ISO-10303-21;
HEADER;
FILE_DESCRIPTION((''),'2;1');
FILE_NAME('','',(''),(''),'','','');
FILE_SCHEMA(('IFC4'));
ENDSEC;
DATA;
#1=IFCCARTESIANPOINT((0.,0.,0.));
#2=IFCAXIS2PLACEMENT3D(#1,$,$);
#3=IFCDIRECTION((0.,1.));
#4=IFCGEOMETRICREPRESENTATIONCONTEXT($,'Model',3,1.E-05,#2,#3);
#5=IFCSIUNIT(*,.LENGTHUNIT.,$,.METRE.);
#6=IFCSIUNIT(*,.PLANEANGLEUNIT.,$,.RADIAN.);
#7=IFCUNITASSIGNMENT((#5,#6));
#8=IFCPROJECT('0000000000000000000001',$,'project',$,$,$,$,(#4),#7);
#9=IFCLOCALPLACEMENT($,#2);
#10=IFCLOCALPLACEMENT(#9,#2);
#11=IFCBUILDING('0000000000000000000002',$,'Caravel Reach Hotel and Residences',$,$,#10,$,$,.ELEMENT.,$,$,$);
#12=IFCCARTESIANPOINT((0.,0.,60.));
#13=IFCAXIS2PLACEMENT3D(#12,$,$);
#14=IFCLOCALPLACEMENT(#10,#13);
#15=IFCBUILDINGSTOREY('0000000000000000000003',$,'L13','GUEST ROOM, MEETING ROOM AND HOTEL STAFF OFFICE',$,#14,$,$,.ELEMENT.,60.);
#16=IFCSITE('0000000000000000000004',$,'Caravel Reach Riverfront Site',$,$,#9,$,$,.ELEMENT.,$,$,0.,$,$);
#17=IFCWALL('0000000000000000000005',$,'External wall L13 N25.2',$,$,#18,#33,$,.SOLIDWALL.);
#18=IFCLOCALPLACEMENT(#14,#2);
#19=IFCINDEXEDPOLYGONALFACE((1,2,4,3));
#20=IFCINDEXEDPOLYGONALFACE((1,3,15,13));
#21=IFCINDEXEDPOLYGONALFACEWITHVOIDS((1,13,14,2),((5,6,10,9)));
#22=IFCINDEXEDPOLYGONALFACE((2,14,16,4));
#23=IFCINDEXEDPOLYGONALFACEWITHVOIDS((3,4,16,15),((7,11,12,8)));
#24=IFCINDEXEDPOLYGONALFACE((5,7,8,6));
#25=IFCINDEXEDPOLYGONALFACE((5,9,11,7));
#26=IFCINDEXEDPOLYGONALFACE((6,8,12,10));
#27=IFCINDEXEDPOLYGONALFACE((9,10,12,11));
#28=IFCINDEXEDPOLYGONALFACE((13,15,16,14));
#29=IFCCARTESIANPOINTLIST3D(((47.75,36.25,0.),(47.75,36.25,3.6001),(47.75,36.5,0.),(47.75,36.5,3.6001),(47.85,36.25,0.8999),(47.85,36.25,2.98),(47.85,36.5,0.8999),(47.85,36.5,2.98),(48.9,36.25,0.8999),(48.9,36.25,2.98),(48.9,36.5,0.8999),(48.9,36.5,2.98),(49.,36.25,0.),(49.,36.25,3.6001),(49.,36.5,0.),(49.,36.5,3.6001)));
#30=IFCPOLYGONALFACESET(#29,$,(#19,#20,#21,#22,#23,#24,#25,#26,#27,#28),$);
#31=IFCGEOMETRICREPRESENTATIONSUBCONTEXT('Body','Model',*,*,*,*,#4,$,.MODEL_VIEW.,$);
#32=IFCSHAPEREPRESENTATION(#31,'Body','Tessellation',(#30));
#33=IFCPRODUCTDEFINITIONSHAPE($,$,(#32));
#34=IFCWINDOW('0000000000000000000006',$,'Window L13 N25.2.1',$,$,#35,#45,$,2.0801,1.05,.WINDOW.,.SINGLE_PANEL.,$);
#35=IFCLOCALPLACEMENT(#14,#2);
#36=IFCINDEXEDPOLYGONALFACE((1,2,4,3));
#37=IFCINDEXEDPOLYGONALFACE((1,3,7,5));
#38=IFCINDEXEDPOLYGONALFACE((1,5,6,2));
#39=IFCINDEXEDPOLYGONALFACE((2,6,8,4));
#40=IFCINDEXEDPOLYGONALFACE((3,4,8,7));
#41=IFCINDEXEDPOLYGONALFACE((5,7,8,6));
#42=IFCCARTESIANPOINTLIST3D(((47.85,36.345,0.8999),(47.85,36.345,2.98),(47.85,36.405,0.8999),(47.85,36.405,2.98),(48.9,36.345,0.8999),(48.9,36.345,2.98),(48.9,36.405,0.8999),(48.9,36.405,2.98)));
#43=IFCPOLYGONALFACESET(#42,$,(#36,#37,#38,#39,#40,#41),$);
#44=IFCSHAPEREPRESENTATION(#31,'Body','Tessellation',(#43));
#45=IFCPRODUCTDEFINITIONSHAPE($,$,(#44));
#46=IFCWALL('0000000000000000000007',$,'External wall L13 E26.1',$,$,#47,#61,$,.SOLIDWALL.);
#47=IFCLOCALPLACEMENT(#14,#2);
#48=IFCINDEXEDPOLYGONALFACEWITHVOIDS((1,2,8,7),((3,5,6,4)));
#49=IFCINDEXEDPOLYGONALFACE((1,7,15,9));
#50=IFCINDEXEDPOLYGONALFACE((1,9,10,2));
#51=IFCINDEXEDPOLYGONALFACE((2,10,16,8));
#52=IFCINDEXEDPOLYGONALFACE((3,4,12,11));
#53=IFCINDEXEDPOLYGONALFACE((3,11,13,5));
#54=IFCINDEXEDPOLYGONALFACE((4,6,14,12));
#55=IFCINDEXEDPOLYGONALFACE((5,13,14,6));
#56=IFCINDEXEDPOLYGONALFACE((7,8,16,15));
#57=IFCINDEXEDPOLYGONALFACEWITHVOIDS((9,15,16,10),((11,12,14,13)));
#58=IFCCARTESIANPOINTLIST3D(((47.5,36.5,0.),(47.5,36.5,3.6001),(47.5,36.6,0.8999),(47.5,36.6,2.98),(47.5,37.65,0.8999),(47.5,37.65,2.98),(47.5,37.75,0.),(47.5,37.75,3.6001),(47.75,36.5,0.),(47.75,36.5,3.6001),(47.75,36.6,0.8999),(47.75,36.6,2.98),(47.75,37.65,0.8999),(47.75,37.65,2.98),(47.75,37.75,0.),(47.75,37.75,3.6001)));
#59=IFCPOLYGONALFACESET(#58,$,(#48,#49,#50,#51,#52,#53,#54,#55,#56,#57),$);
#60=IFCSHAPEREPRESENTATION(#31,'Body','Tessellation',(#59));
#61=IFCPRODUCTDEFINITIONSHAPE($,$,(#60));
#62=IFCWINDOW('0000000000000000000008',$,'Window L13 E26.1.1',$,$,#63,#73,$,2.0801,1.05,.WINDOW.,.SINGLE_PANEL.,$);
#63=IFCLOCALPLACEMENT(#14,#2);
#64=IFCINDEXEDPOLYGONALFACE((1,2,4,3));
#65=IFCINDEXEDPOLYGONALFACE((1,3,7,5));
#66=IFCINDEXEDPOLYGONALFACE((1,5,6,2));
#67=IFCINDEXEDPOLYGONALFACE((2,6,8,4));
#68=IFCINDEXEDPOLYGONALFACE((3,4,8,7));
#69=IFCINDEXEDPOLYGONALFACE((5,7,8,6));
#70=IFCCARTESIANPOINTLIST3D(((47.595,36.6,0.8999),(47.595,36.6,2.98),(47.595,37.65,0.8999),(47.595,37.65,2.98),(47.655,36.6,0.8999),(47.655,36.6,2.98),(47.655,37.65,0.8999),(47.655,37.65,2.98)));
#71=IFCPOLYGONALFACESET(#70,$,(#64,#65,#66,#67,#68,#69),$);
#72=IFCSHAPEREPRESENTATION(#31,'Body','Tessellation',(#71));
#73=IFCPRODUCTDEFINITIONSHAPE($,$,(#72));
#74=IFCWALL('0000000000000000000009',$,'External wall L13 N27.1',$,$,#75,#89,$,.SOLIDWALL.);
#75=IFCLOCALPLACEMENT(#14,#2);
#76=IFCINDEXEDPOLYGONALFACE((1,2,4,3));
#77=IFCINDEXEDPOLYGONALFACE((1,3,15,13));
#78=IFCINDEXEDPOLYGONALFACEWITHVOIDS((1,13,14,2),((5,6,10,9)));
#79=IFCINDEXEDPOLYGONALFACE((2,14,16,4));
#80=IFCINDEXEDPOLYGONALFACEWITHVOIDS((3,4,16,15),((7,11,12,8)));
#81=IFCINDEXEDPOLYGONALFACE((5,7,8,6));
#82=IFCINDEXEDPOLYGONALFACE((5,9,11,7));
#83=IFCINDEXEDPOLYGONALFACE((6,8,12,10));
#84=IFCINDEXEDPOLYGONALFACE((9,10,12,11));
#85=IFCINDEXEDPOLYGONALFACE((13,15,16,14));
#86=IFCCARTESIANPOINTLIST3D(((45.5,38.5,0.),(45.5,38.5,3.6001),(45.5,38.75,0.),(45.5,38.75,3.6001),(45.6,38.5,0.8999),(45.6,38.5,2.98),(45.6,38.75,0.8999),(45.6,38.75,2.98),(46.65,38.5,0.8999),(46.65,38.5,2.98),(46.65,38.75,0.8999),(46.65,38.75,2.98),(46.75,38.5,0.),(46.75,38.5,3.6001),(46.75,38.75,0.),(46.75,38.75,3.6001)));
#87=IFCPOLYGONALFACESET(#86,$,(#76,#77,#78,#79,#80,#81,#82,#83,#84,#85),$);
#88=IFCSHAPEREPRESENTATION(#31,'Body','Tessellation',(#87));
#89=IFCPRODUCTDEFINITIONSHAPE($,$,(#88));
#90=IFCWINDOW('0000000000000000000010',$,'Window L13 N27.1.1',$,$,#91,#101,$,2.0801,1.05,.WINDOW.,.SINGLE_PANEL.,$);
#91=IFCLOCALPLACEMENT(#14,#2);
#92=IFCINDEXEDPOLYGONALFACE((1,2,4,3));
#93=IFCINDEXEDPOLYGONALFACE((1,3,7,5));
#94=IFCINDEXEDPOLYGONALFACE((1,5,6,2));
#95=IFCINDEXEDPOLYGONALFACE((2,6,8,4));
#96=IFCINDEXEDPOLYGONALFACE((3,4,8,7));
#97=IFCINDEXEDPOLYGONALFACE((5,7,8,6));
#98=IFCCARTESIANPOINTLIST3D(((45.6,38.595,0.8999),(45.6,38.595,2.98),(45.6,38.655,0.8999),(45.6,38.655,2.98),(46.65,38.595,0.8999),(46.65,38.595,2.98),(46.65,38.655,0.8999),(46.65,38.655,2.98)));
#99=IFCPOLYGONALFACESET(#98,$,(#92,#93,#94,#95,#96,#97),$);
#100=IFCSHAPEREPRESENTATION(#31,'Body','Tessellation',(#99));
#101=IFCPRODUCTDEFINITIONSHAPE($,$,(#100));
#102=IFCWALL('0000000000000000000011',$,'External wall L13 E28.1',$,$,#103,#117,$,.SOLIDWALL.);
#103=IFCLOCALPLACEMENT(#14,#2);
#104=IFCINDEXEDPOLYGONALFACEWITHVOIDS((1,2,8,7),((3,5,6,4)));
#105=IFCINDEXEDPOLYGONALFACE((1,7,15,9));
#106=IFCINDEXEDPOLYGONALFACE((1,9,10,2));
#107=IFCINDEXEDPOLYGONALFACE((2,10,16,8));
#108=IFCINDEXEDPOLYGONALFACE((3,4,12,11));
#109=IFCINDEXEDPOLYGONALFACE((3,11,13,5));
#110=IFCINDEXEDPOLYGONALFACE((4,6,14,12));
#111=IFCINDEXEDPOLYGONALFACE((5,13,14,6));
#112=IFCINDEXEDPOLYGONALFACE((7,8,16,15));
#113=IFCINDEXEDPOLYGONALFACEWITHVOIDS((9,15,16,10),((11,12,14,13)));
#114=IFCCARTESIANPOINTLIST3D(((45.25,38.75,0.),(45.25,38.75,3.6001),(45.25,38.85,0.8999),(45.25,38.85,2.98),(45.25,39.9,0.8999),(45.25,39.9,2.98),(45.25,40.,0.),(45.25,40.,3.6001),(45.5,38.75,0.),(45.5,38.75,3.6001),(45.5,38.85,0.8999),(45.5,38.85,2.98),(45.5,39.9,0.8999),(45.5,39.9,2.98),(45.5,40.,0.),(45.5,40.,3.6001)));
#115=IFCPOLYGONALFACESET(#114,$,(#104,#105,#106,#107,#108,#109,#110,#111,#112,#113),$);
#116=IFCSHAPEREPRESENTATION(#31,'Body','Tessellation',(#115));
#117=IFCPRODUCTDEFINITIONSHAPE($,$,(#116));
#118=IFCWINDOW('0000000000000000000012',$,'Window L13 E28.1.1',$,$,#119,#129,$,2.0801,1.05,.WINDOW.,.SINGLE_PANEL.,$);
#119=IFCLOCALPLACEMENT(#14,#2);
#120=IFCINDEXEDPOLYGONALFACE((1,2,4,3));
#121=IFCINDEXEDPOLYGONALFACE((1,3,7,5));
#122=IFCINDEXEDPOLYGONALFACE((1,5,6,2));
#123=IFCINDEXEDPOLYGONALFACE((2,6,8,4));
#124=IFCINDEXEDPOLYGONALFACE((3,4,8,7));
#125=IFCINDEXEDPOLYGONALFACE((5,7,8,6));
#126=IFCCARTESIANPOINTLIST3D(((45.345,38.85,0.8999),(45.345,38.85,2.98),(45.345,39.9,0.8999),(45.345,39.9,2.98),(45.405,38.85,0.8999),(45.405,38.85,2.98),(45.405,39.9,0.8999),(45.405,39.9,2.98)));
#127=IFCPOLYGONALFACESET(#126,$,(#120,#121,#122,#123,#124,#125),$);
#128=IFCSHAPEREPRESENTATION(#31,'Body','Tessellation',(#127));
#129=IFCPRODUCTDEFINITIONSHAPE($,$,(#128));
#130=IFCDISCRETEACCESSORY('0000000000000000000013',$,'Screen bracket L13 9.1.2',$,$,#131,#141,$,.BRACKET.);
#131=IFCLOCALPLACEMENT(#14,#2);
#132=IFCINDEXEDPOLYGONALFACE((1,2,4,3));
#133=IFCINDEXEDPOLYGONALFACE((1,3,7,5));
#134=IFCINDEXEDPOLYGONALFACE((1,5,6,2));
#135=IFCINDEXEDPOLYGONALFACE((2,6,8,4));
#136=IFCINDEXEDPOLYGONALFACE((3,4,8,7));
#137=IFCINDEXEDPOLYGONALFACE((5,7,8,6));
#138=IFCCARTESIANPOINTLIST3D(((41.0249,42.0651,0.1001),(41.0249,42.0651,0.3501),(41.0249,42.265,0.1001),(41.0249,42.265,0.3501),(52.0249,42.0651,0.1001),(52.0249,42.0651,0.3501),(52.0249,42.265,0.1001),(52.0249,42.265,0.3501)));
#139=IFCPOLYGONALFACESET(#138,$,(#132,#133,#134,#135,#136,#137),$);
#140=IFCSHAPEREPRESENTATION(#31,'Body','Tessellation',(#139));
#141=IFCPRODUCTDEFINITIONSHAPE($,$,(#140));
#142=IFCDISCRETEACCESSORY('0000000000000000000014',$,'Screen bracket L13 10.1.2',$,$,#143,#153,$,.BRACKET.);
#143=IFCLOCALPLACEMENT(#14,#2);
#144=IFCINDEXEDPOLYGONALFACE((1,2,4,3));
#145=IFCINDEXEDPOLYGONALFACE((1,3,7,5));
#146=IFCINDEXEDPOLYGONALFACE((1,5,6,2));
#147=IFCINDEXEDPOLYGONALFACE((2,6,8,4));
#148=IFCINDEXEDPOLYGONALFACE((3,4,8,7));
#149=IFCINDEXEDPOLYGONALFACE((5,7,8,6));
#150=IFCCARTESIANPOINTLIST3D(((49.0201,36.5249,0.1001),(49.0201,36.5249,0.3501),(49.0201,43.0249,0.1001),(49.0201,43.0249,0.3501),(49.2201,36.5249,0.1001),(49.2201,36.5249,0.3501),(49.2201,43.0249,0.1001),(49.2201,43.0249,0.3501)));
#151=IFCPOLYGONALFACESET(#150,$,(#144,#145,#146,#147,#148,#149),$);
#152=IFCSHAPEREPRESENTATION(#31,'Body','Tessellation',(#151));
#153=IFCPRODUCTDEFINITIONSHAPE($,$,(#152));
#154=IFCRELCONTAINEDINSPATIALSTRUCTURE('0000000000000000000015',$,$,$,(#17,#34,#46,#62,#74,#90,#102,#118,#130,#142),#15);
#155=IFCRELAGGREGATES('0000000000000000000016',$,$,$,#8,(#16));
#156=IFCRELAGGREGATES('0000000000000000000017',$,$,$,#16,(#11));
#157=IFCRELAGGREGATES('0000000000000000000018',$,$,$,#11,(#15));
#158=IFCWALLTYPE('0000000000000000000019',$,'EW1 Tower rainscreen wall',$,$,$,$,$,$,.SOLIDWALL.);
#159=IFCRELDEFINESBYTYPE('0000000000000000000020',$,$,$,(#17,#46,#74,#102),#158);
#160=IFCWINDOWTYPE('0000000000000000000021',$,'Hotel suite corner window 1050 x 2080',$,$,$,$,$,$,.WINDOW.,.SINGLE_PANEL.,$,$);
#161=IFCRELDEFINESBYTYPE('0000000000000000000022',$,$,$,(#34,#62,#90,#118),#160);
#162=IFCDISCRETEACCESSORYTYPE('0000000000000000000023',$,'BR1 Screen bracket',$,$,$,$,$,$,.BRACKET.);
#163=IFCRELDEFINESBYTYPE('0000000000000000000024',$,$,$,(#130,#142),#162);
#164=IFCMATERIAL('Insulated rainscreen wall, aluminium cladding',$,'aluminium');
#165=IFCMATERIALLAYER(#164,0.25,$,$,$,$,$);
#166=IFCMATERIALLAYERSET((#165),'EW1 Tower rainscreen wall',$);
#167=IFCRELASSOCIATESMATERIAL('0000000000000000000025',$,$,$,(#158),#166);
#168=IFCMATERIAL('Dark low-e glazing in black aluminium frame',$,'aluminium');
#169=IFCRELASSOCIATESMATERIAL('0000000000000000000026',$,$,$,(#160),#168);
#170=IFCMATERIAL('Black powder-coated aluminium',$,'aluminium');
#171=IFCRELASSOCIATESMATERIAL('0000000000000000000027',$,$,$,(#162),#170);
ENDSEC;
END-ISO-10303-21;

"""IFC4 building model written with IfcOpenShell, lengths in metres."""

from ifc_helpers import new_model, si_unit, direction, frame, frame_2d, origin, origin_2d, place, context, subcontext, project, spatial, rectangle, extrude, material, layer, layer_set, type_object, element, fill, save


model = new_model("IFC4")

# Units and contexts
model_context = context("Model", 3, precision=1e-05, world=origin(), true_north=direction((0.0, 1.0)))
body_context = subcontext(model_context, "Body", "Model", "MODEL_VIEW")
ifc_project = project(units=[si_unit("LENGTHUNIT", "METRE"), si_unit("PLANEANGLEUNIT", "RADIAN")], contexts=[model_context])

# Site, building, storey
site_placement = place(None, origin())
site = spatial("IfcSite", under=ifc_project, at=site_placement, Name="Caravel Reach Riverfront Site", CompositionType="ELEMENT", RefElevation=0.0)
building_placement = place(site_placement, origin())
building = spatial("IfcBuilding", under=site, at=building_placement, Name="Caravel Reach Hotel and Residences", CompositionType="ELEMENT")
storey_placement = place(building_placement, frame((0.0, 0.0, 60.0)))
storey = spatial("IfcBuildingStorey", under=building, at=storey_placement, Name="L13", Description="GUEST ROOM, MEETING ROOM AND HOTEL STAFF OFFICE", CompositionType="ELEMENT", Elevation=60.0)

# Walls, openings, windows
ifc_material_1 = material(Name="Insulated rainscreen wall, aluminium cladding", Category="aluminium")
ifc_layer = layer(ifc_material_1, 0.25)
ifc_layer_set = layer_set([ifc_layer], Name="EW1 Tower rainscreen wall")
wall_type = type_object("IfcWallType", Name="EW1 Tower rainscreen wall", PredefinedType="SOLIDWALL", material=ifc_layer_set)
wall_1_placement = place(storey_placement, frame((49.0, 36.375, 0.0), z_axis=(0.0, 0.0, 1.0), x_axis=(-1.0, 0.0, 0.0)))
wall_1 = element("IfcWall", 1, at=wall_1_placement, inside=storey, type_object=wall_type, Name="External wall L13 N25.2", PredefinedType="SOLIDWALL", context=body_context, shape_type="SweptSolid", body=[
    extrude(rectangle(XDim=1.25, YDim=0.25, at=frame_2d((0.625, 0.0))), origin(), (0.0, 0.0, 1.0), 3.6001),
])
opening_1_placement = place(wall_1_placement, frame((0.1001, 0.0, 0.8999)))
opening_1 = element("IfcOpeningElement", 2, at=opening_1_placement, cuts=wall_1, PredefinedType="OPENING", context=body_context, shape_type="SweptSolid", body=[
    extrude(rectangle(XDim=1.05, YDim=2.0801, at=frame_2d((0.5249, 1.04))), frame((0.0, 0.135, 0.0), z_axis=(0.0, -1.0, 0.0), x_axis=(1.0, 0.0, 0.0)), (0.0, 0.0, 1.0), 0.27),
])
ifc_material_2 = material(Name="Dark low-e glazing in black aluminium frame", Category="aluminium")
window_type = type_object("IfcWindowType", Name="Hotel suite corner window 1050 x 2080", PartitioningType="SINGLE_PANEL", PredefinedType="WINDOW", material=ifc_material_2)
window_1_placement = place(opening_1_placement, origin())
window_1 = element("IfcWindow", 3, at=window_1_placement, inside=storey, type_object=window_type, Name="Window L13 N25.2.1", OverallHeight=2.0801, OverallWidth=1.05, PartitioningType="SINGLE_PANEL", PredefinedType="WINDOW", context=body_context, shape_type="SweptSolid", body=[
    extrude(rectangle(XDim=1.05, YDim=2.0801, at=frame_2d((0.5249, 1.04))), frame((0.0, 0.03, 0.0), z_axis=(0.0, -1.0, 0.0), x_axis=(1.0, 0.0, 0.0)), (0.0, 0.0, 1.0), 0.0601),
])
fill(opening_1, window_1)
wall_2_placement = place(storey_placement, frame((47.625, 36.5, 0.0), z_axis=(0.0, 0.0, 1.0), x_axis=(0.0, 1.0, 0.0)))
wall_2 = element("IfcWall", 4, at=wall_2_placement, inside=storey, type_object=wall_type, Name="External wall L13 E26.1", PredefinedType="SOLIDWALL", context=body_context, shape_type="SweptSolid", body=[
    extrude(rectangle(XDim=1.25, YDim=0.25, at=frame_2d((0.625, 0.0))), origin(), (0.0, 0.0, 1.0), 3.6001),
])
opening_2_placement = place(wall_2_placement, frame((0.1001, 0.0, 0.8999)))
opening_2 = element("IfcOpeningElement", 5, at=opening_2_placement, cuts=wall_2, PredefinedType="OPENING", context=body_context, shape_type="SweptSolid", body=[
    extrude(rectangle(XDim=1.05, YDim=2.0801, at=frame_2d((0.5249, 1.04))), frame((0.0, 0.135, 0.0), z_axis=(0.0, -1.0, 0.0), x_axis=(1.0, 0.0, 0.0)), (0.0, 0.0, 1.0), 0.27),
])
window_2_placement = place(opening_2_placement, origin())
window_2 = element("IfcWindow", 6, at=window_2_placement, inside=storey, type_object=window_type, Name="Window L13 E26.1.1", OverallHeight=2.0801, OverallWidth=1.05, PartitioningType="SINGLE_PANEL", PredefinedType="WINDOW", context=body_context, shape_type="SweptSolid", body=[
    extrude(rectangle(XDim=1.05, YDim=2.0801, at=frame_2d((0.5249, 1.04))), frame((0.0, 0.03, 0.0), z_axis=(0.0, -1.0, 0.0), x_axis=(1.0, 0.0, 0.0)), (0.0, 0.0, 1.0), 0.0601),
])
fill(opening_2, window_2)
wall_3_placement = place(storey_placement, frame((46.75, 38.625, 0.0), z_axis=(0.0, 0.0, 1.0), x_axis=(-1.0, 0.0, 0.0)))
wall_3 = element("IfcWall", 7, at=wall_3_placement, inside=storey, type_object=wall_type, Name="External wall L13 N27.1", PredefinedType="SOLIDWALL", context=body_context, shape_type="SweptSolid", body=[
    extrude(rectangle(XDim=1.25, YDim=0.25, at=frame_2d((0.625, 0.0))), origin(), (0.0, 0.0, 1.0), 3.6001),
])
opening_3_placement = place(wall_3_placement, frame((0.1001, 0.0, 0.8999)))
opening_3 = element("IfcOpeningElement", 8, at=opening_3_placement, cuts=wall_3, PredefinedType="OPENING", context=body_context, shape_type="SweptSolid", body=[
    extrude(rectangle(XDim=1.05, YDim=2.0801, at=frame_2d((0.5249, 1.04))), frame((0.0, 0.135, 0.0), z_axis=(0.0, -1.0, 0.0), x_axis=(1.0, 0.0, 0.0)), (0.0, 0.0, 1.0), 0.27),
])
window_3_placement = place(opening_3_placement, origin())
window_3 = element("IfcWindow", 9, at=window_3_placement, inside=storey, type_object=window_type, Name="Window L13 N27.1.1", OverallHeight=2.0801, OverallWidth=1.05, PartitioningType="SINGLE_PANEL", PredefinedType="WINDOW", context=body_context, shape_type="SweptSolid", body=[
    extrude(rectangle(XDim=1.05, YDim=2.0801, at=frame_2d((0.5249, 1.04))), frame((0.0, 0.03, 0.0), z_axis=(0.0, -1.0, 0.0), x_axis=(1.0, 0.0, 0.0)), (0.0, 0.0, 1.0), 0.0601),
])
fill(opening_3, window_3)
wall_4_placement = place(storey_placement, frame((45.375, 38.75, 0.0), z_axis=(0.0, 0.0, 1.0), x_axis=(0.0, 1.0, 0.0)))
wall_4 = element("IfcWall", 10, at=wall_4_placement, inside=storey, type_object=wall_type, Name="External wall L13 E28.1", PredefinedType="SOLIDWALL", context=body_context, shape_type="SweptSolid", body=[
    extrude(rectangle(XDim=1.25, YDim=0.25, at=frame_2d((0.625, 0.0))), origin(), (0.0, 0.0, 1.0), 3.6001),
])
opening_4_placement = place(wall_4_placement, frame((0.1001, 0.0, 0.8999)))
opening_4 = element("IfcOpeningElement", 11, at=opening_4_placement, cuts=wall_4, PredefinedType="OPENING", context=body_context, shape_type="SweptSolid", body=[
    extrude(rectangle(XDim=1.05, YDim=2.0801, at=frame_2d((0.5249, 1.04))), frame((0.0, 0.135, 0.0), z_axis=(0.0, -1.0, 0.0), x_axis=(1.0, 0.0, 0.0)), (0.0, 0.0, 1.0), 0.27),
])
window_4_placement = place(opening_4_placement, origin())
window_4 = element("IfcWindow", 12, at=window_4_placement, inside=storey, type_object=window_type, Name="Window L13 E28.1.1", OverallHeight=2.0801, OverallWidth=1.05, PartitioningType="SINGLE_PANEL", PredefinedType="WINDOW", context=body_context, shape_type="SweptSolid", body=[
    extrude(rectangle(XDim=1.05, YDim=2.0801, at=frame_2d((0.5249, 1.04))), frame((0.0, 0.03, 0.0), z_axis=(0.0, -1.0, 0.0), x_axis=(1.0, 0.0, 0.0)), (0.0, 0.0, 1.0), 0.0601),
])
fill(opening_4, window_4)

# Discrete accessories
ifc_material_3 = material(Name="Black powder-coated aluminium", Category="aluminium")
discrete_accessory_type = type_object("IfcDiscreteAccessoryType", Name="BR1 Screen bracket", PredefinedType="BRACKET", material=ifc_material_3)
discrete_accessory_1_placement = place(storey_placement, frame((46.5249, 42.165, 0.1001), z_axis=(0.0, 0.0, 1.0), x_axis=(1.0, 0.0, 0.0)))
element("IfcDiscreteAccessory", 13, at=discrete_accessory_1_placement, inside=storey, type_object=discrete_accessory_type, Name="Screen bracket L13 9.1.2", PredefinedType="BRACKET", context=body_context, shape_type="SweptSolid", body=[
    extrude(rectangle(XDim=11.0, YDim=0.2, at=origin_2d()), origin(), (0.0, 0.0, 1.0), 0.25),
])
discrete_accessory_2_placement = place(storey_placement, frame((49.1201, 39.7749, 0.1001), z_axis=(0.0, 0.0, 1.0), x_axis=(0.0, 1.0, 0.0)))
element("IfcDiscreteAccessory", 14, at=discrete_accessory_2_placement, inside=storey, type_object=discrete_accessory_type, Name="Screen bracket L13 10.1.2", PredefinedType="BRACKET", context=body_context, shape_type="SweptSolid", body=[
    extrude(rectangle(XDim=6.5, YDim=0.2, at=origin_2d()), origin(), (0.0, 0.0, 1.0), 0.25),
])

save(model, "model.ifc")
